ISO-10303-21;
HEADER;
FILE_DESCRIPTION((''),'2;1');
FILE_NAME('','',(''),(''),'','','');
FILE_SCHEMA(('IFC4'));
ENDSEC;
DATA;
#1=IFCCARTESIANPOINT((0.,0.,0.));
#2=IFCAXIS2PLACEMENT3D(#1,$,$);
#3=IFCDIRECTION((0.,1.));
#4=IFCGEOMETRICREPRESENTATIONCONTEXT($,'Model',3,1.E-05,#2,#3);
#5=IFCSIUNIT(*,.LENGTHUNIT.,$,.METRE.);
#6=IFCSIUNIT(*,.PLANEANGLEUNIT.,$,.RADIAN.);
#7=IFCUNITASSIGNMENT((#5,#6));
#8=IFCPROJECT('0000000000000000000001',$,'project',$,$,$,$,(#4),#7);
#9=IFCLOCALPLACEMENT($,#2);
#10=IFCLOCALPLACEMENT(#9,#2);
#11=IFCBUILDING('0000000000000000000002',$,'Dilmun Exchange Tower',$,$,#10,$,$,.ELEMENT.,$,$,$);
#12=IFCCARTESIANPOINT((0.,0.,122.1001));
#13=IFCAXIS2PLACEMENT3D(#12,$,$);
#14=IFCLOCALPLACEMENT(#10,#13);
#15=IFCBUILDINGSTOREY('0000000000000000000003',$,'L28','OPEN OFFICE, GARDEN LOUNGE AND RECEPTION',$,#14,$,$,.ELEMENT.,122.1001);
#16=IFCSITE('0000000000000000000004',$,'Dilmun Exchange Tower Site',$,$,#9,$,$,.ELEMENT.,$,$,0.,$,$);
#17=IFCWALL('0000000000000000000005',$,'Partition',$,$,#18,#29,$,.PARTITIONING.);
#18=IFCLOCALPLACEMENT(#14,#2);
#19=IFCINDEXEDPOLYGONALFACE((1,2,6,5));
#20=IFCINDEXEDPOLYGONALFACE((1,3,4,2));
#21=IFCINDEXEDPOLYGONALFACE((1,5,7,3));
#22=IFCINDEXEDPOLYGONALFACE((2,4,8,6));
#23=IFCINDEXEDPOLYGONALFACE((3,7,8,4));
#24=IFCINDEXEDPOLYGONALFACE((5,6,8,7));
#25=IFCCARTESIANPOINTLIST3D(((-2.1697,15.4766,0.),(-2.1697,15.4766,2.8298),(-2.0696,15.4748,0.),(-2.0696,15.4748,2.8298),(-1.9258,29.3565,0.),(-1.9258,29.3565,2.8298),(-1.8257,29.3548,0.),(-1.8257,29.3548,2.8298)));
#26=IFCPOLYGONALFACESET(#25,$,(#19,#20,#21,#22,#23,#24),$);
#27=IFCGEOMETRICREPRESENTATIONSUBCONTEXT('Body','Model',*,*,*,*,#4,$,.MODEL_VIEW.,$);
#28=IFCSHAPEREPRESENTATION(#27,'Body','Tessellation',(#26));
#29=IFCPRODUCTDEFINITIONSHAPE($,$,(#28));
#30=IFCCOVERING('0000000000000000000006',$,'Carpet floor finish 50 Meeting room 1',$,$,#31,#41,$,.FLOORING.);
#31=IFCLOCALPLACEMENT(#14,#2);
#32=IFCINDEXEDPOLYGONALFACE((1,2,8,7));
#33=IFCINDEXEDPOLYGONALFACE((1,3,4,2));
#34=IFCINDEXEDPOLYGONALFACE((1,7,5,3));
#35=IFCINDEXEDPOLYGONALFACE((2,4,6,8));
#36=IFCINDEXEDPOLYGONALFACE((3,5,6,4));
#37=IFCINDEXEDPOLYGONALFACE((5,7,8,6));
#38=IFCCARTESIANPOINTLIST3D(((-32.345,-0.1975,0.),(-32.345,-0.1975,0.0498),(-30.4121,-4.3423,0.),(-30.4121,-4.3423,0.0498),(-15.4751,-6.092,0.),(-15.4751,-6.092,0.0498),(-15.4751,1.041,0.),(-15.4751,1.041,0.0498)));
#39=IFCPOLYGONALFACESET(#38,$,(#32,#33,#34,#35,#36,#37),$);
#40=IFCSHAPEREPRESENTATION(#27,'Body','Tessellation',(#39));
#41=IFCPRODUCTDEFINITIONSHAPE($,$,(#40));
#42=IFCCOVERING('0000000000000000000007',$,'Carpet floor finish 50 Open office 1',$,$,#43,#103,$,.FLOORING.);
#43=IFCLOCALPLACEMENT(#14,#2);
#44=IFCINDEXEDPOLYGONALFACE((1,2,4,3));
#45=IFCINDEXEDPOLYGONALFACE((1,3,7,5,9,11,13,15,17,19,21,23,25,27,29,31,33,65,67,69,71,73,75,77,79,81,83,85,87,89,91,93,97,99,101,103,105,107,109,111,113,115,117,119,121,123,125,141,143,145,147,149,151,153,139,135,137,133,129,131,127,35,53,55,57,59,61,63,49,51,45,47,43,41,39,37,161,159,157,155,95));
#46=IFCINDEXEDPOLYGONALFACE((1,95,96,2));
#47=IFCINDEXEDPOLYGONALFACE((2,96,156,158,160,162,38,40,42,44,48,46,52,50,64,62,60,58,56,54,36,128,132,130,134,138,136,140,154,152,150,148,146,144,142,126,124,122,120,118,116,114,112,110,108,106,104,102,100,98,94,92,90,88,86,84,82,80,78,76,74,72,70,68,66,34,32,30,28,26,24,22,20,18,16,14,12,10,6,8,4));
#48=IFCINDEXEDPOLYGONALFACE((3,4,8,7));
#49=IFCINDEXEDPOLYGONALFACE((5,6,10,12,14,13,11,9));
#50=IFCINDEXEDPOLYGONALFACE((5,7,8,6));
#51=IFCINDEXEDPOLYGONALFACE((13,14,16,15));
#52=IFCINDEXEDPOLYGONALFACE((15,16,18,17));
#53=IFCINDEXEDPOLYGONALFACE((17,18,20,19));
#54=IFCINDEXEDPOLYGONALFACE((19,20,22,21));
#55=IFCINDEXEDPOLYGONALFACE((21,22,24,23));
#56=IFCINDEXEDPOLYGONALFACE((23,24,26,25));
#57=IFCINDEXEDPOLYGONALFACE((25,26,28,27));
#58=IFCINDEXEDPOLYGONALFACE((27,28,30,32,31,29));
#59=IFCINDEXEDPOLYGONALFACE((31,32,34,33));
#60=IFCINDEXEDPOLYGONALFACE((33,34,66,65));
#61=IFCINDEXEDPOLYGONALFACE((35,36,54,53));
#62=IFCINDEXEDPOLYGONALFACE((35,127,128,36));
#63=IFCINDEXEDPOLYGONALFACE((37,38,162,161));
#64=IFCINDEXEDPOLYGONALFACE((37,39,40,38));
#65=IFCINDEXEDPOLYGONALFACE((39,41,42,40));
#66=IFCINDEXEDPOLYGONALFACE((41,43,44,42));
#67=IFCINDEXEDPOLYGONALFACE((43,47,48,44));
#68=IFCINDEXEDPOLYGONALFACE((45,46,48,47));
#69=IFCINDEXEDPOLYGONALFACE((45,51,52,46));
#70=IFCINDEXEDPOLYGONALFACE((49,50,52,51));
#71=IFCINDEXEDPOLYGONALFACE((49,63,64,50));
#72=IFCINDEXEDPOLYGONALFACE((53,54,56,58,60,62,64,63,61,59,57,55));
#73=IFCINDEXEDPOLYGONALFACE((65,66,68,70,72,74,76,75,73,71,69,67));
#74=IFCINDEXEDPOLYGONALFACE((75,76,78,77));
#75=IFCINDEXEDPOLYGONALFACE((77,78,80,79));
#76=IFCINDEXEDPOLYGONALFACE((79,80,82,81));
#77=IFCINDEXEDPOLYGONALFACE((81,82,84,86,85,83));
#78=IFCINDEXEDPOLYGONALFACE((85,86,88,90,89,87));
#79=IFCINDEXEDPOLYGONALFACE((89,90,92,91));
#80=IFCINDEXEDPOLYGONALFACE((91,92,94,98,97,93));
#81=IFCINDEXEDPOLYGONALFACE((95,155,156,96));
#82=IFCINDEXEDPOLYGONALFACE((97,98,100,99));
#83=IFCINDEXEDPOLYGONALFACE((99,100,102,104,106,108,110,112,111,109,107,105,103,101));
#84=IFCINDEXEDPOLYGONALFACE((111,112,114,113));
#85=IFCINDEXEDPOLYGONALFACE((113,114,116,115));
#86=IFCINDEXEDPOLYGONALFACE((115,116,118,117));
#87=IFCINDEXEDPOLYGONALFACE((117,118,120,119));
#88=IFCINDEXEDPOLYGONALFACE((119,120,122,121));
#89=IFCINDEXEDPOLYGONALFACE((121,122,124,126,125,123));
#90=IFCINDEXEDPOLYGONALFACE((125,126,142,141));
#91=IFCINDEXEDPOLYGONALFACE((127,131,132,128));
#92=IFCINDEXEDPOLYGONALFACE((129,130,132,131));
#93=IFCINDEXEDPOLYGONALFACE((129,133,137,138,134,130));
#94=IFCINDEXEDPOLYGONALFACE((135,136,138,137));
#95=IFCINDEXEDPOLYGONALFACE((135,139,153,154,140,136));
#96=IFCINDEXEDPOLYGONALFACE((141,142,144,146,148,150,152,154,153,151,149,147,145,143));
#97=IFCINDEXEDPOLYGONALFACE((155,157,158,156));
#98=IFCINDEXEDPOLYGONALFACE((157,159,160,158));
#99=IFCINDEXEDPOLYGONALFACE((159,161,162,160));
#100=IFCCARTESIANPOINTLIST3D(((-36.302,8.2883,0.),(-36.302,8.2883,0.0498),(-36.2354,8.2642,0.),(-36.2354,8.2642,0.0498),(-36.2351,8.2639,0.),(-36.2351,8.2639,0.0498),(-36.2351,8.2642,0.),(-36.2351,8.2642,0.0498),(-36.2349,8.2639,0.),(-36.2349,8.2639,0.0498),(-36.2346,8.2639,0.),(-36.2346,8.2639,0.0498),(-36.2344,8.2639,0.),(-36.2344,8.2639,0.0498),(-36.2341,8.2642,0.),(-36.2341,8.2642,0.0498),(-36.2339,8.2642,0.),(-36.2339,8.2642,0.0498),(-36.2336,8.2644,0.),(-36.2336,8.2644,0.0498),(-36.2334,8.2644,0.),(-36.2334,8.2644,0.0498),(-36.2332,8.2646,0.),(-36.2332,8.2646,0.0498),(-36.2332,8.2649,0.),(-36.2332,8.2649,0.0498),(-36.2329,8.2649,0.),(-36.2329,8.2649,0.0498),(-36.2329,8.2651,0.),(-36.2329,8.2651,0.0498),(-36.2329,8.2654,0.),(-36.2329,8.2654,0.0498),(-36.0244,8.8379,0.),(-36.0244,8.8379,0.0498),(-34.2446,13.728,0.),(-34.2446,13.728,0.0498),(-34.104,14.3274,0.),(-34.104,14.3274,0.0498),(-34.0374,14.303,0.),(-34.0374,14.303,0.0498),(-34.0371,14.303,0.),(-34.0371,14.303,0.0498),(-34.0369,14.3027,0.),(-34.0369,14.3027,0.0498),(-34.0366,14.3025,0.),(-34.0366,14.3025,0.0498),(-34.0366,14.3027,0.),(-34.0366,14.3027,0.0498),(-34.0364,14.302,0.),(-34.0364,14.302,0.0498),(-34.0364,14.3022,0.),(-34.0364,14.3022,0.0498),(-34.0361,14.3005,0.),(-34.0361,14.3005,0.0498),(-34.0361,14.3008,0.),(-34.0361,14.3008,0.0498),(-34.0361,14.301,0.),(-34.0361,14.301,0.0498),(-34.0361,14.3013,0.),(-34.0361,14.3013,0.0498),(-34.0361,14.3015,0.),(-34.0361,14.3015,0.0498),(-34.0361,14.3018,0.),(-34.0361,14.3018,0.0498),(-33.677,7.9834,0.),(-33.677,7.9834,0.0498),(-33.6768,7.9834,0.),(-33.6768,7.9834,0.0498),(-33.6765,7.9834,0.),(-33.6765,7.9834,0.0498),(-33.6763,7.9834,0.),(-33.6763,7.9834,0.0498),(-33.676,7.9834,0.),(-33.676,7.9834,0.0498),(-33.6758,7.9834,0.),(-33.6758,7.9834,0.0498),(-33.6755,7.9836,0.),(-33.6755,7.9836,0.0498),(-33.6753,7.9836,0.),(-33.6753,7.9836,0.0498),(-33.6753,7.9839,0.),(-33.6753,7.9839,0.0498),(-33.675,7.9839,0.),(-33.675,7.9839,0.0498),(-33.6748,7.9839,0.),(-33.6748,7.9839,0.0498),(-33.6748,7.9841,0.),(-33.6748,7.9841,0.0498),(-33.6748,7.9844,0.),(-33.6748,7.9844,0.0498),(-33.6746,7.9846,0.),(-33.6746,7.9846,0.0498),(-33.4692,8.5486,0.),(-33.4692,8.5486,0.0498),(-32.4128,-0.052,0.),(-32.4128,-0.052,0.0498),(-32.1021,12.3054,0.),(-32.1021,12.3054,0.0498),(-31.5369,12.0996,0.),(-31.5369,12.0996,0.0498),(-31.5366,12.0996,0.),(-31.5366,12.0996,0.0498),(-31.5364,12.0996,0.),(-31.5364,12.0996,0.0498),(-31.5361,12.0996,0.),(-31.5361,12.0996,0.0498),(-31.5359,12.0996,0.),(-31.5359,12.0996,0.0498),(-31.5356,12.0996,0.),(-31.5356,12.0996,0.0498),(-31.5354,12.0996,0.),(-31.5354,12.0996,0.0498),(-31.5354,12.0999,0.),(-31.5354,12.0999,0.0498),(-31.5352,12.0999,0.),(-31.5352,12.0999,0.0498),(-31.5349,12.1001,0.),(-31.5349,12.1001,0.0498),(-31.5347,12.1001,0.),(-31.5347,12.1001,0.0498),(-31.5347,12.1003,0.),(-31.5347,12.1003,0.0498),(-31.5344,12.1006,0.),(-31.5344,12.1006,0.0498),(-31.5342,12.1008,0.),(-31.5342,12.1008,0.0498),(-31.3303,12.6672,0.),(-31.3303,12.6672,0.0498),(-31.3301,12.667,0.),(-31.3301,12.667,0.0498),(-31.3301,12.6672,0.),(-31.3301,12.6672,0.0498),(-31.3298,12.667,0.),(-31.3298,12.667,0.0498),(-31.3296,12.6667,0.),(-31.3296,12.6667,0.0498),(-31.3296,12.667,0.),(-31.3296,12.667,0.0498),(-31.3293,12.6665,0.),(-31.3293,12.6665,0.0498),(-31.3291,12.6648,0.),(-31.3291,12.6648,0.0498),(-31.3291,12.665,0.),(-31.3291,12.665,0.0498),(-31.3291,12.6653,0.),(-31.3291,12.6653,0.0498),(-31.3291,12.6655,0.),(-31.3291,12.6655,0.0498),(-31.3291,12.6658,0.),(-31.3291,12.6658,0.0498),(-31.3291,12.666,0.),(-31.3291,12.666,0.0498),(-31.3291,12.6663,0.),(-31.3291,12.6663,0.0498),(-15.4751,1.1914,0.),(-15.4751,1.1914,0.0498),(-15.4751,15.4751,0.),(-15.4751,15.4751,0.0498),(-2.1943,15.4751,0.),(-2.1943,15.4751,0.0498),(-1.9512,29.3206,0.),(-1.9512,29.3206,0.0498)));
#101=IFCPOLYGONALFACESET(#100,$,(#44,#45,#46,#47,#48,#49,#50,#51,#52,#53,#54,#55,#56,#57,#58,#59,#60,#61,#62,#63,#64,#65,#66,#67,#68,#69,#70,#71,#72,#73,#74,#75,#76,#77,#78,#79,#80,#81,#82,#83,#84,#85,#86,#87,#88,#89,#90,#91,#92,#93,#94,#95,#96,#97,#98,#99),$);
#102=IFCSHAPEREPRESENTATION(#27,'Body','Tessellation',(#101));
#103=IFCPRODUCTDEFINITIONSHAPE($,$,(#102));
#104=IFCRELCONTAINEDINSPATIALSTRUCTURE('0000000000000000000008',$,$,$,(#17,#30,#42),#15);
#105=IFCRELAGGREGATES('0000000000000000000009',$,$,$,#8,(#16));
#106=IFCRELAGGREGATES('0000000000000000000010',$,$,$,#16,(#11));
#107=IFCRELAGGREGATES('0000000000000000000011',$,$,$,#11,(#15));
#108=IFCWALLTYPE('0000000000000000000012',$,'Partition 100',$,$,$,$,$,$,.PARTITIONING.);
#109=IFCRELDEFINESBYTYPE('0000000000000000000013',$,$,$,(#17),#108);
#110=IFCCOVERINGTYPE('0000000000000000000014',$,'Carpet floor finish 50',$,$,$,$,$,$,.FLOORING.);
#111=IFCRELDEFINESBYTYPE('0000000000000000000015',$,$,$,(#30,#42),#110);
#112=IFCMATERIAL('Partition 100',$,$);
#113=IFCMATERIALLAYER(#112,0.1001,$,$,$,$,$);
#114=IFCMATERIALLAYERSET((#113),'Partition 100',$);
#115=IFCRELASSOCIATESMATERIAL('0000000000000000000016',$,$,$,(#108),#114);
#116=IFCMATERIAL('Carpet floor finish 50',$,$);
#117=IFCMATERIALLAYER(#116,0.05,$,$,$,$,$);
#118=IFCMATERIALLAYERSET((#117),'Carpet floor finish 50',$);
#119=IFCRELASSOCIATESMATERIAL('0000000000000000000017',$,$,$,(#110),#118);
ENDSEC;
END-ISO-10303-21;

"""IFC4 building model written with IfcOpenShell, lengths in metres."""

from ifc_helpers import new_model, si_unit, direction, frame, frame_2d, origin, place, context, subcontext, project, spatial, polyline, rectangle, outline, extrude, material, layer, layer_set, type_object, element, save


model = new_model("IFC4")

# Units and contexts
model_context = context("Model", 3, precision=1e-05, world=origin(), true_north=direction((0.0, 1.0)))
body_context = subcontext(model_context, "Body", "Model", "MODEL_VIEW")
ifc_project = project(units=[si_unit("LENGTHUNIT", "METRE"), si_unit("PLANEANGLEUNIT", "RADIAN")], contexts=[model_context])

# Site, building, storey
site_placement = place(None, origin())
site = spatial("IfcSite", under=ifc_project, at=site_placement, Name="Dilmun Exchange Tower Site", CompositionType="ELEMENT", RefElevation=0.0)
building_placement = place(site_placement, origin())
building = spatial("IfcBuilding", under=site, at=building_placement, Name="Dilmun Exchange Tower", CompositionType="ELEMENT")
storey_placement = place(building_placement, frame((0.0, 0.0, 122.1001)))
storey = spatial("IfcBuildingStorey", under=building, at=storey_placement, Name="L28", Description="OPEN OFFICE, GARDEN LOUNGE AND RECEPTION", CompositionType="ELEMENT", Elevation=122.1001)

# Wall
ifc_material_1 = material(Name="Partition 100")
ifc_layer_1 = layer(ifc_material_1, 0.1001)
ifc_layer_set_1 = layer_set([ifc_layer_1], Name="Partition 100")
wall_type_1 = type_object("IfcWallType", Name="Partition 100", PredefinedType="PARTITIONING", material=ifc_layer_set_1)
wall_1_placement = place(storey_placement, frame((-2.1196, 15.4758, 0.0), z_axis=(0.0, 0.0, 1.0), x_axis=(0.017569, 0.999846, 0.0)))
element("IfcWall", 1, at=wall_1_placement, inside=storey, type_object=wall_type_1, Name="Partition", PredefinedType="PARTITIONING", context=body_context, shape_type="SweptSolid", body=[
    extrude(rectangle(XDim=13.8821, YDim=0.1001, at=frame_2d((6.9409, 0.0))), origin(), (0.0, 0.0, 1.0), 2.8298),
])

# Coverings
ifc_material_2 = material(Name="Carpet floor finish 50")
ifc_layer_2 = layer(ifc_material_2, 0.05)
ifc_layer_set_2 = layer_set([ifc_layer_2], Name="Carpet floor finish 50")
covering_type_1 = type_object("IfcCoveringType", Name="Carpet floor finish 50", PredefinedType="FLOORING", material=ifc_layer_set_2)
covering_1_placement = place(storey_placement, origin())
element("IfcCovering", 2, at=covering_1_placement, inside=storey, type_object=covering_type_1, Name="Carpet floor finish 50 Meeting room 1", PredefinedType="FLOORING", context=body_context, shape_type="SweptSolid", body=[
    extrude(outline(polyline([(-15.4751, 1.041), (-15.4751, -6.092), (-30.4121, -4.3423), (-32.345, -0.1975), (-15.4751, 1.041)])), origin(), (0.0, 0.0, 1.0), 0.0498),
])
covering_2_placement = place(storey_placement, origin())
element("IfcCovering", 3, at=covering_2_placement, inside=storey, type_object=covering_type_1, Name="Carpet floor finish 50 Open office 1", PredefinedType="FLOORING", context=body_context, shape_type="SweptSolid", body=[
    extrude(outline(polyline([(-2.1943, 15.4751), (-15.4751, 15.4751), (-15.4751, 1.1914), (-32.4128, -0.052), (-36.302, 8.2883), (-36.2354, 8.2642), (-36.2351, 8.2642), (-36.2351, 8.2639), (-36.2349, 8.2639), (-36.2346, 8.2639), (-36.2344, 8.2639), (-36.2341, 8.2642), (-36.2339, 8.2642), (-36.2339, 8.2642), (-36.2336, 8.2644), (-36.2334, 8.2644), (-36.2334, 8.2644), (-36.2332, 8.2646), (-36.2332, 8.2649), (-36.2329, 8.2649), (-36.2329, 8.2651), (-36.2329, 8.2654), (-36.0244, 8.8379), (-33.677, 7.9834), (-33.677, 7.9834), (-33.6768, 7.9834), (-33.6765, 7.9834), (-33.6763, 7.9834), (-33.676, 7.9834), (-33.6758, 7.9834), (-33.6758, 7.9834), (-33.6755, 7.9836), (-33.6753, 7.9836), (-33.6753, 7.9839), (-33.675, 7.9839), (-33.6748, 7.9839), (-33.6748, 7.9841), (-33.6748, 7.9844), (-33.6746, 7.9846), (-33.6746, 7.9846), (-33.4692, 8.5486), (-32.1021, 12.3054), (-31.5369, 12.0996), (-31.5366, 12.0996), (-31.5366, 12.0996), (-31.5364, 12.0996), (-31.5361, 12.0996), (-31.5359, 12.0996), (-31.5356, 12.0996), (-31.5354, 12.0996), (-31.5354, 12.0999), (-31.5352, 12.0999), (-31.5349, 12.1001), (-31.5349, 12.1001), (-31.5347, 12.1001), (-31.5347, 12.1003), (-31.5344, 12.1006), (-31.5344, 12.1006), (-31.5342, 12.1008), (-31.3291, 12.6648), (-31.3291, 12.6648), (-31.3291, 12.665), (-31.3291, 12.6653), (-31.3291, 12.6655), (-31.3291, 12.6658), (-31.3291, 12.666), (-31.3291, 12.666), (-31.3291, 12.6663), (-31.3293, 12.6665), (-31.3293, 12.6665), (-31.3296, 12.6667), (-31.3296, 12.667), (-31.3298, 12.667), (-31.3301, 12.667), (-31.3301, 12.6672), (-31.3303, 12.6672), (-34.2446, 13.728), (-34.0361, 14.3005), (-34.0361, 14.3008), (-34.0361, 14.3008), (-34.0361, 14.301), (-34.0361, 14.3013), (-34.0361, 14.3015), (-34.0361, 14.3018), (-34.0361, 14.3018), (-34.0364, 14.302), (-34.0364, 14.3022), (-34.0366, 14.3025), (-34.0366, 14.3025), (-34.0366, 14.3027), (-34.0369, 14.3027), (-34.0371, 14.303), (-34.0371, 14.303), (-34.0374, 14.303), (-34.104, 14.3274), (-1.9512, 29.3206), (-2.1943, 15.4751)])), origin(), (0.0, 0.0, 1.0), 0.0498),
])

save(model, "model.ifc")
